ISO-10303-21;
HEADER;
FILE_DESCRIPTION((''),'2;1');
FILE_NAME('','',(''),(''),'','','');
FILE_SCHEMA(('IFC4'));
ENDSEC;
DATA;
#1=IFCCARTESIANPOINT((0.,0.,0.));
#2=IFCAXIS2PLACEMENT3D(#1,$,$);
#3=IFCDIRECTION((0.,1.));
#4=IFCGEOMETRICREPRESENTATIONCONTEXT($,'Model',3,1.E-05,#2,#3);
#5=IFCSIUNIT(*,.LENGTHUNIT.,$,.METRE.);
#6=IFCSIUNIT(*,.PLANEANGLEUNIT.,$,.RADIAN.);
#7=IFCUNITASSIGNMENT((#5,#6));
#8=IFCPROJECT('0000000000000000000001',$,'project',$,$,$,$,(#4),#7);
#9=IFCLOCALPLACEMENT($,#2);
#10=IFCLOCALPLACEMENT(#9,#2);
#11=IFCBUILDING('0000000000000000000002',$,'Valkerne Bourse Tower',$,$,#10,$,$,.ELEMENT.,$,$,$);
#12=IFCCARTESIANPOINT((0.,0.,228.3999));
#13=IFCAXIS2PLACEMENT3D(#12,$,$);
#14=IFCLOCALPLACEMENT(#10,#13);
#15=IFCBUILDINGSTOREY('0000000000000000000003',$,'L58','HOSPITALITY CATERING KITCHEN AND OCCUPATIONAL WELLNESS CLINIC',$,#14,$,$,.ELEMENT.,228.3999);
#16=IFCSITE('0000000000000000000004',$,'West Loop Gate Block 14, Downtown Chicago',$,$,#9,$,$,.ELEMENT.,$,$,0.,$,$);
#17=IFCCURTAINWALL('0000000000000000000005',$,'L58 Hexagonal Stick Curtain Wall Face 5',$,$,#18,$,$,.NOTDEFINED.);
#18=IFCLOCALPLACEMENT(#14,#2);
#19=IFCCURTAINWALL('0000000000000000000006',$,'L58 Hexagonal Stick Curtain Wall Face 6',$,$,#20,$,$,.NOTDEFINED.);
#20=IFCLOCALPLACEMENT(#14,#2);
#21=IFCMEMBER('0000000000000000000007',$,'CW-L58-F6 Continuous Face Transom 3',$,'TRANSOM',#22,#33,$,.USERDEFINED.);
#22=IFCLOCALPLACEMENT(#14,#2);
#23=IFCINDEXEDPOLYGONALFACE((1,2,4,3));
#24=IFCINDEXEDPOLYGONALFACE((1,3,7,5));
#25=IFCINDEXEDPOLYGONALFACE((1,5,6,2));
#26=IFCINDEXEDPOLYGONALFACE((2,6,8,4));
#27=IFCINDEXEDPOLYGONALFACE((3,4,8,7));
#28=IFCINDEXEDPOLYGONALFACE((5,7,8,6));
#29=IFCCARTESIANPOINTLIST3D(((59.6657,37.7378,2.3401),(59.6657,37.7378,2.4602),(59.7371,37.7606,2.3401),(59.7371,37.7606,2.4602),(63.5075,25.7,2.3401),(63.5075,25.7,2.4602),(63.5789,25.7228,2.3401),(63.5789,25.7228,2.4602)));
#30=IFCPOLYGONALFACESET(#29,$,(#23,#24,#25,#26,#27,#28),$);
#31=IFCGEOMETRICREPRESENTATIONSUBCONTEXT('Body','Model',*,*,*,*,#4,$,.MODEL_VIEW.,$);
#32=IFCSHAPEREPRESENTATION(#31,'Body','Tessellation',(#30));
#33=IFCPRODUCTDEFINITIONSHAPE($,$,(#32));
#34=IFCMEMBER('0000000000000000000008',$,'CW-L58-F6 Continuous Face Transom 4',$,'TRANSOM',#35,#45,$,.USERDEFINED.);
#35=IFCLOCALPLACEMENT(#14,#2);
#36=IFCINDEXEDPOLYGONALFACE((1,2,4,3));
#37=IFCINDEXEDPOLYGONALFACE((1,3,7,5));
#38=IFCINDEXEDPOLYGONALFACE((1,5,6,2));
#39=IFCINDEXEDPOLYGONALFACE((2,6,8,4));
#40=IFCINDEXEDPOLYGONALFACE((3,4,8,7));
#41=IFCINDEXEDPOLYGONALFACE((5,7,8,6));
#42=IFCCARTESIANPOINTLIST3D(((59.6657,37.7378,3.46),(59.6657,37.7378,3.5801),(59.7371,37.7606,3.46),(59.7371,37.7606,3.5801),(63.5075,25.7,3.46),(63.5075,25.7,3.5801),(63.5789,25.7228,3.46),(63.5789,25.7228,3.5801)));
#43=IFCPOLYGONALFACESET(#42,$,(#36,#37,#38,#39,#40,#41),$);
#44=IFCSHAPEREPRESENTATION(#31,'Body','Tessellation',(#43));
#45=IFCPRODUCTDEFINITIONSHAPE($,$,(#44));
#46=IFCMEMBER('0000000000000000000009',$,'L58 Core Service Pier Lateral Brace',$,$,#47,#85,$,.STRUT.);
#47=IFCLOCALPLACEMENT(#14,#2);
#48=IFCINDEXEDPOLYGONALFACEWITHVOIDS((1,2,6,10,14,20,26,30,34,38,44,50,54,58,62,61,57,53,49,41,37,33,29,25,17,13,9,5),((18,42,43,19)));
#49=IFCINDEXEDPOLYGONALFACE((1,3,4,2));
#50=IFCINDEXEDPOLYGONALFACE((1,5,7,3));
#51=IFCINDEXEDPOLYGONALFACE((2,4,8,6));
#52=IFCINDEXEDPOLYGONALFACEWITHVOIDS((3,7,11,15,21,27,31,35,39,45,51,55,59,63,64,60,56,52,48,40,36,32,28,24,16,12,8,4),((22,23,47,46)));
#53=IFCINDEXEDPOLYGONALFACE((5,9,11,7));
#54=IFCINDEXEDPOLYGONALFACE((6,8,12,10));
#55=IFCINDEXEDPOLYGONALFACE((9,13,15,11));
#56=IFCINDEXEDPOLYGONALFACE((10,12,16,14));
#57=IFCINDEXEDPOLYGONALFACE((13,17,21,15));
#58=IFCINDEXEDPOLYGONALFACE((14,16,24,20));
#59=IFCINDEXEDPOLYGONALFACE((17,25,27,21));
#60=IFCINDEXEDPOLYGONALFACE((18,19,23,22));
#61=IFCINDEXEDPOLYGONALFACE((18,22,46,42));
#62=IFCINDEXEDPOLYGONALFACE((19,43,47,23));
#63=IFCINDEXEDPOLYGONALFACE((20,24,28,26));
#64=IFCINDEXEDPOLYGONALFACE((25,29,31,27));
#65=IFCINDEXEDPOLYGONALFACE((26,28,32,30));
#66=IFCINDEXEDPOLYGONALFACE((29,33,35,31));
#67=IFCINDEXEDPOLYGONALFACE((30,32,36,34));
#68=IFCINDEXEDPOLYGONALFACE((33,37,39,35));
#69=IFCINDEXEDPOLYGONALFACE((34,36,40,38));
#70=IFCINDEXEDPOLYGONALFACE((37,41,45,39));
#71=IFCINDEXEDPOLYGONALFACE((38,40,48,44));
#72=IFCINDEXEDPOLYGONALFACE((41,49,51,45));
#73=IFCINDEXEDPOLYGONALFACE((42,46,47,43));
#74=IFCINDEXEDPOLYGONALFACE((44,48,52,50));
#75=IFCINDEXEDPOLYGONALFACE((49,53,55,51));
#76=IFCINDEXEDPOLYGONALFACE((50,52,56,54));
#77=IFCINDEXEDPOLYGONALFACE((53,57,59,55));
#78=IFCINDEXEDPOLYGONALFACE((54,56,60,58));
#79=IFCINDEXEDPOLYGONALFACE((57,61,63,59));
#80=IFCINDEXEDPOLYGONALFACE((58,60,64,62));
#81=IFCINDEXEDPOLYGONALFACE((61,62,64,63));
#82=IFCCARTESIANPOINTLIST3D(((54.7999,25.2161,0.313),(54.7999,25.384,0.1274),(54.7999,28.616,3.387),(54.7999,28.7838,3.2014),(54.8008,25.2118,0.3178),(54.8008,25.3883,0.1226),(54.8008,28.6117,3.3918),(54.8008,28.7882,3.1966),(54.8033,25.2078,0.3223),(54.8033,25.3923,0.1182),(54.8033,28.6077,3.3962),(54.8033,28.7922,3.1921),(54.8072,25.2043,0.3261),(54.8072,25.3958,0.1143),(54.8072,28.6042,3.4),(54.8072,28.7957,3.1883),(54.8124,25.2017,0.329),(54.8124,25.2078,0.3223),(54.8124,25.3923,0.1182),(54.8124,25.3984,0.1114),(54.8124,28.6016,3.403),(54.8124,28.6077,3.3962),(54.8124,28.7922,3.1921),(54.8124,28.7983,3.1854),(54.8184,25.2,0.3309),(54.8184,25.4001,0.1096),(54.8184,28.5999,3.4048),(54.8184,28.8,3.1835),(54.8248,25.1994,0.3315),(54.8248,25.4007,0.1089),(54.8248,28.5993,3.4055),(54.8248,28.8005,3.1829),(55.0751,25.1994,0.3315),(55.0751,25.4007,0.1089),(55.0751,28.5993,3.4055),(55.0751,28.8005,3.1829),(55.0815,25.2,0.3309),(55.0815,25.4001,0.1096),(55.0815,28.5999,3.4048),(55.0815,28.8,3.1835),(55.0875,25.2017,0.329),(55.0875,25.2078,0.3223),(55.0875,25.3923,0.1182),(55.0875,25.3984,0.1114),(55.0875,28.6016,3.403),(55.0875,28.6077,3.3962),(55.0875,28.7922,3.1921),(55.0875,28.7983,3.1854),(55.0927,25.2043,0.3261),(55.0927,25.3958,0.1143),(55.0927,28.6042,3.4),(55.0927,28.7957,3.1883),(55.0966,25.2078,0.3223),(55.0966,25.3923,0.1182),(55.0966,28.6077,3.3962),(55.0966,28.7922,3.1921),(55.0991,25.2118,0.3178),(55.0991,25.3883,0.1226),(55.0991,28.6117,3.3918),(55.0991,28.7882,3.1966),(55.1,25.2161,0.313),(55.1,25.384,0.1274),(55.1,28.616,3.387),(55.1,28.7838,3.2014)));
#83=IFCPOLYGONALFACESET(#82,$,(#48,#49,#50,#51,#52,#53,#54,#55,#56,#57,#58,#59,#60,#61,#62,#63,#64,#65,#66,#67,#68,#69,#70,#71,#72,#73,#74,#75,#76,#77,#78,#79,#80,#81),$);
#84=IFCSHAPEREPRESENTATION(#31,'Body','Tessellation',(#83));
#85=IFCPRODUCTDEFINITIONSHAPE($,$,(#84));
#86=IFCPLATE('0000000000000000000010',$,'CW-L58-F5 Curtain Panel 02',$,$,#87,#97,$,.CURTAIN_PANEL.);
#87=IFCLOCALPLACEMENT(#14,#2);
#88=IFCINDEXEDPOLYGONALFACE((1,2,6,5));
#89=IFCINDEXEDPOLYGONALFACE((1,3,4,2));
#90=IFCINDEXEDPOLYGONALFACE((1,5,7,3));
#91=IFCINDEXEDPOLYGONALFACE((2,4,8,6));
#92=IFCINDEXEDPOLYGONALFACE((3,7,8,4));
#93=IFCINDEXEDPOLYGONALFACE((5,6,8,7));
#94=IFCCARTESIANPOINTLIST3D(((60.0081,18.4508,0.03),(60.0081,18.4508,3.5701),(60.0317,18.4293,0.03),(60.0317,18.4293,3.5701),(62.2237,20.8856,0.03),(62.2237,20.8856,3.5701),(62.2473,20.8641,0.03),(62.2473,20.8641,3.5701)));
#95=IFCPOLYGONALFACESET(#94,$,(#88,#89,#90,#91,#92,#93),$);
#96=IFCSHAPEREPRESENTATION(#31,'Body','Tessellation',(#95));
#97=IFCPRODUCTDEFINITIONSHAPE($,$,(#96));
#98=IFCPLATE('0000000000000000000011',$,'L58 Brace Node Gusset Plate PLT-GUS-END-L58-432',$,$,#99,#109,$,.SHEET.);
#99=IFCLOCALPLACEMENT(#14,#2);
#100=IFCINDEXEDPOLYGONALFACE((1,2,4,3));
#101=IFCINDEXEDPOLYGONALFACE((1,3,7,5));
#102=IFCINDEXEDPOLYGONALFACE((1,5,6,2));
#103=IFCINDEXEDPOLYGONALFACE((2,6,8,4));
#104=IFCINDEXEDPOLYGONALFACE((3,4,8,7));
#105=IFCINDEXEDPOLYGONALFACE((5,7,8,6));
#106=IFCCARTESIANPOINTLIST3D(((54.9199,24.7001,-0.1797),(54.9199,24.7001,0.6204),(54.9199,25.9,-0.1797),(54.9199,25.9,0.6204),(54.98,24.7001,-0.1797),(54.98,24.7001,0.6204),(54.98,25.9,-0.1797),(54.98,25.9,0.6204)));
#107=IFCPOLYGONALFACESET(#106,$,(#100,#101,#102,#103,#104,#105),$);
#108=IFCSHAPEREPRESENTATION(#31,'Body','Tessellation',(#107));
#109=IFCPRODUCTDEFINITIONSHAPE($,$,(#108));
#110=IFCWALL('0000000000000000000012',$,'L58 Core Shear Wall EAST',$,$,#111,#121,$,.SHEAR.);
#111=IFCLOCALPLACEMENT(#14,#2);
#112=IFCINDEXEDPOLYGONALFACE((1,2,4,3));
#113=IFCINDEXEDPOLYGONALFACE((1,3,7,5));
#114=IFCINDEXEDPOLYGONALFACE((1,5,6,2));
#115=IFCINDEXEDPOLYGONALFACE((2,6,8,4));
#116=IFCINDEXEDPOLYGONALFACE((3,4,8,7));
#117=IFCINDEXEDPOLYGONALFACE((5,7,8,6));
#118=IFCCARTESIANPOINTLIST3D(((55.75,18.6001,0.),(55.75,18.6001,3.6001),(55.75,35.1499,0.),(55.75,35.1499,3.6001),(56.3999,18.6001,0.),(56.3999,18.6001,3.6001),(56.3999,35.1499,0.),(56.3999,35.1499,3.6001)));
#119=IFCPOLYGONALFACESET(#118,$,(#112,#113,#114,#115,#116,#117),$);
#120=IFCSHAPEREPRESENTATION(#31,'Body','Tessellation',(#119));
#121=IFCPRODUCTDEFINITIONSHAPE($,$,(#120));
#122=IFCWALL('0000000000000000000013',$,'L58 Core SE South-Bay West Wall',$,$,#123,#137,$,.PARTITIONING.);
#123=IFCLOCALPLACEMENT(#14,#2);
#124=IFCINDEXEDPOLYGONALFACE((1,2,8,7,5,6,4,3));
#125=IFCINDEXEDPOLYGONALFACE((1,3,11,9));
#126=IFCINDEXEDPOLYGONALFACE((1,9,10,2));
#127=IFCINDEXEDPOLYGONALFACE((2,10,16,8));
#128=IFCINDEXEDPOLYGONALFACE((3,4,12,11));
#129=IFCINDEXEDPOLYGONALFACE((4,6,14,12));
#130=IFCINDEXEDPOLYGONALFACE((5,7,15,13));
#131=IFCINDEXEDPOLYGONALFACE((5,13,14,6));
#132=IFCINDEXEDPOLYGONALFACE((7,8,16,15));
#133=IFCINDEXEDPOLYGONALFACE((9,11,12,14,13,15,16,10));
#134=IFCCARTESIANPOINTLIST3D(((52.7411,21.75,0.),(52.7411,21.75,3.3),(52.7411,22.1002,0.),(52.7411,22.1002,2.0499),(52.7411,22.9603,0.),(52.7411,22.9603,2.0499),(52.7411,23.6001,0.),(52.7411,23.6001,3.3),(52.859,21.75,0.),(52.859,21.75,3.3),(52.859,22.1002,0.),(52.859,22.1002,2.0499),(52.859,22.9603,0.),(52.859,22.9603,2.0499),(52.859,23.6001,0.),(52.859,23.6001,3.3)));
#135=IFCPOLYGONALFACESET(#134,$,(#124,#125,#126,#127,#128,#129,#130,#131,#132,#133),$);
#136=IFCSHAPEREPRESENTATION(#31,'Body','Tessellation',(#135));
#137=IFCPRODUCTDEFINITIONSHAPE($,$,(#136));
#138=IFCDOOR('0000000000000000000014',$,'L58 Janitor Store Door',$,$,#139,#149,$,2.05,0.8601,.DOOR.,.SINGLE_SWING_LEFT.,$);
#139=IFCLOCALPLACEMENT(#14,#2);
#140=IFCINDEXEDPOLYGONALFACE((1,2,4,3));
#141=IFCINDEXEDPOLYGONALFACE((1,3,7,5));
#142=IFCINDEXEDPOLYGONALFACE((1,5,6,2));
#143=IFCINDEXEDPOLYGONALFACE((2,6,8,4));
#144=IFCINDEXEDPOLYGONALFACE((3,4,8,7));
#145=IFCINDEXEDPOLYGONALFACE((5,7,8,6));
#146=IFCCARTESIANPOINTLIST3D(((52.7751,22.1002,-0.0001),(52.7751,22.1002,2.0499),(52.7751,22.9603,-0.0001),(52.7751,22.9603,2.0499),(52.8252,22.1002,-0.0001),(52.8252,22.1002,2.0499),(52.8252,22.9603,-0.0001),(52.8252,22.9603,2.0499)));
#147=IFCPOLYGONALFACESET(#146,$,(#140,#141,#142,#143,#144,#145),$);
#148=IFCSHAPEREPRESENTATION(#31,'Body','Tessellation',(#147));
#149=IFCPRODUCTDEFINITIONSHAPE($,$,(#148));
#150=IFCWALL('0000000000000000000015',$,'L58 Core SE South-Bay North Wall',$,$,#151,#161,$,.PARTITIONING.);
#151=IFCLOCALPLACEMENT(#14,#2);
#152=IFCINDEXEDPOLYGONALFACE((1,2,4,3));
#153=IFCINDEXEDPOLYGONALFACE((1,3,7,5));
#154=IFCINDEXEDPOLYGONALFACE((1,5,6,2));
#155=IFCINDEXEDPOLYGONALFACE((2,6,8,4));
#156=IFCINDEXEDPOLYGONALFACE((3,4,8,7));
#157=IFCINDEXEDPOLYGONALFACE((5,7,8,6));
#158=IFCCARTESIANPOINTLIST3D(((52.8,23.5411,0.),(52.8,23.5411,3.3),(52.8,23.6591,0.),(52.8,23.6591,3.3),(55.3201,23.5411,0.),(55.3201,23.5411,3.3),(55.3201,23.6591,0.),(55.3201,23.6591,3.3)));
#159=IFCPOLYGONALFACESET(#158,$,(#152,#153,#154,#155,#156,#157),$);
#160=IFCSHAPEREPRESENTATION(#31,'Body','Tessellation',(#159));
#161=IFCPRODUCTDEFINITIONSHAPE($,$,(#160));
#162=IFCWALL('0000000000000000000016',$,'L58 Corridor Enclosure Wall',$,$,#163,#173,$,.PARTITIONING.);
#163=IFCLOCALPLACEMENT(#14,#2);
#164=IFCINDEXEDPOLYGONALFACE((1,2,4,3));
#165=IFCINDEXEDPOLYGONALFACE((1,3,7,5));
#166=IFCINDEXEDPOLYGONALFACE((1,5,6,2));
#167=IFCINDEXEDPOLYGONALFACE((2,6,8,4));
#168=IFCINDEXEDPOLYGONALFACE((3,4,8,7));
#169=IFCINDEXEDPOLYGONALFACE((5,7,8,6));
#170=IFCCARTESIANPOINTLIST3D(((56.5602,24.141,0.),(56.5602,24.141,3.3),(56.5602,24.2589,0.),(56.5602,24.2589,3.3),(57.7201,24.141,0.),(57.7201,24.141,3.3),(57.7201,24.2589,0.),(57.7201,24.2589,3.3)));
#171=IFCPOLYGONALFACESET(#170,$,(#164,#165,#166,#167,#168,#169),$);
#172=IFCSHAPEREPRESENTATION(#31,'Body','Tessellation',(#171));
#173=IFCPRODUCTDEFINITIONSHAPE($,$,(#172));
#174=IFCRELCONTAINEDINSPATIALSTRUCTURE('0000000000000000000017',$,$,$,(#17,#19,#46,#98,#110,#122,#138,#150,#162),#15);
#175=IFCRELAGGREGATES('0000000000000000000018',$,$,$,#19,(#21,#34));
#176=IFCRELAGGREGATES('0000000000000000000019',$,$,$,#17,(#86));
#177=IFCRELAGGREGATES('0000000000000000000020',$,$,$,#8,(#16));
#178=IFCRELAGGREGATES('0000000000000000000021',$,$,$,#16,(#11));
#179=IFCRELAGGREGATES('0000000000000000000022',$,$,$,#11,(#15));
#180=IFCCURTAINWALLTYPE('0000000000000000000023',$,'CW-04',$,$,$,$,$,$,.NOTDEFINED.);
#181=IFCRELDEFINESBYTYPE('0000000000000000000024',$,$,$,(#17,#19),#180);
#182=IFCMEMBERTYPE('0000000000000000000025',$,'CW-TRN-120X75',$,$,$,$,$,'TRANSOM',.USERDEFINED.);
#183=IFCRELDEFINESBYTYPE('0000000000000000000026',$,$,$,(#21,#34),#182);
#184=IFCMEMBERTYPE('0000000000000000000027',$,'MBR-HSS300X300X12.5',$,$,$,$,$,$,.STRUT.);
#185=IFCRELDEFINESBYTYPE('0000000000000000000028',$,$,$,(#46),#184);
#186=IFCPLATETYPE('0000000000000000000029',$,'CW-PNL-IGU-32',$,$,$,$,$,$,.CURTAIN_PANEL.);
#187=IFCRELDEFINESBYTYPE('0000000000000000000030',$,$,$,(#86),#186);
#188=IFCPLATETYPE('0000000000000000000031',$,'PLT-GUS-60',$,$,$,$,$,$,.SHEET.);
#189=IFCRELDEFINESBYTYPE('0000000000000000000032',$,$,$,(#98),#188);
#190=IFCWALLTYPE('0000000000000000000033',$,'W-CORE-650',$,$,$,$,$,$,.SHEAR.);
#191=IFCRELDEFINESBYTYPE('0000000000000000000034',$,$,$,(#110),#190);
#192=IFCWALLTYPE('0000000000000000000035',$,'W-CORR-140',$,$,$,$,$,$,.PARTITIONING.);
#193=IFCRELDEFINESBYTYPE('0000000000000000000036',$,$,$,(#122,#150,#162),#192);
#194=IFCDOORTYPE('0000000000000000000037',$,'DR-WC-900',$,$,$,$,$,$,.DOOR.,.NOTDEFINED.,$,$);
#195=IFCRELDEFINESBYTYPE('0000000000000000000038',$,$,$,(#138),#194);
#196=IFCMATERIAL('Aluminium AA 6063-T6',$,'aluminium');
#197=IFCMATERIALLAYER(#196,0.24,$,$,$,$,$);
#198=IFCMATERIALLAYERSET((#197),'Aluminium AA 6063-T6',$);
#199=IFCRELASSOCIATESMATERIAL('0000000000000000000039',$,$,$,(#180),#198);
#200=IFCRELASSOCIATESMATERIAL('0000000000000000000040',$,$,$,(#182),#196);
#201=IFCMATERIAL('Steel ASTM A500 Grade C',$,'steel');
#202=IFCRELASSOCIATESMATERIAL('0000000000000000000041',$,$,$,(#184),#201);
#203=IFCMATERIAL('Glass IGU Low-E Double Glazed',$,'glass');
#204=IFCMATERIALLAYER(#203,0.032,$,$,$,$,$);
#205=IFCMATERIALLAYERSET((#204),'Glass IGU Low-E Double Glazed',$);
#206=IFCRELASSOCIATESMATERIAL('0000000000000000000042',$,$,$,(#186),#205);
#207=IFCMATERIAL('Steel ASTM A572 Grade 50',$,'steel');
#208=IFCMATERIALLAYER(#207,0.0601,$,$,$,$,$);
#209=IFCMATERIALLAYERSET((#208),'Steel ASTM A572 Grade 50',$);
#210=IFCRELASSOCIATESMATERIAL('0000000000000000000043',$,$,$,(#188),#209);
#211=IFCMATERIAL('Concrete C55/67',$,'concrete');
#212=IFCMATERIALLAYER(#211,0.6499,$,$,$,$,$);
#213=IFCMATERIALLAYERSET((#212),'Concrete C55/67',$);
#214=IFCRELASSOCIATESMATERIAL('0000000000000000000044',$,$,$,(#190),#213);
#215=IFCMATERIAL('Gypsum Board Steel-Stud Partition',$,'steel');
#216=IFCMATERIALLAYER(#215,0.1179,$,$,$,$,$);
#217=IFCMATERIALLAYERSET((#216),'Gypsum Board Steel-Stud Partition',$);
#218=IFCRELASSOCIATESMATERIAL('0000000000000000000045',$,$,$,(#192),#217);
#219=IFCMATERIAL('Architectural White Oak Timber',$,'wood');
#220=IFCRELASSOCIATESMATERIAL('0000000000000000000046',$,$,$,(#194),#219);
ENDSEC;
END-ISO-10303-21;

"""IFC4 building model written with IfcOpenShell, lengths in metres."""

from ifc_helpers import new_model, si_unit, direction, frame, frame_2d, origin, origin_2d, place, context, subcontext, project, spatial, rectangle, hollow_rectangle, extrude, material, layer, layer_set, material_profile, profile_set, type_object, element, fill, aggregate, save


model = new_model("IFC4")

# Units and contexts
model_context = context("Model", 3, precision=1e-05, world=origin(), true_north=direction((0.0, 1.0)))
body_context = subcontext(model_context, "Body", "Model", "MODEL_VIEW")
ifc_project = project(units=[si_unit("LENGTHUNIT", "METRE"), si_unit("PLANEANGLEUNIT", "RADIAN")], contexts=[model_context])

# Site, building, storey
site_placement = place(None, origin())
site = spatial("IfcSite", under=ifc_project, at=site_placement, Name="West Loop Gate Block 14, Downtown Chicago", CompositionType="ELEMENT", RefElevation=0.0)
building_placement = place(site_placement, origin())
building = spatial("IfcBuilding", under=site, at=building_placement, Name="Valkerne Bourse Tower", CompositionType="ELEMENT")
storey_placement = place(building_placement, frame((0.0, 0.0, 228.3999)))
storey = spatial("IfcBuildingStorey", under=building, at=storey_placement, Name="L58", Description="HOSPITALITY CATERING KITCHEN AND OCCUPATIONAL WELLNESS CLINIC", CompositionType="ELEMENT", Elevation=228.3999)

# Curtain wall
ifc_material_1 = material(Name="Aluminium AA 6063-T6", Category="aluminium")
ifc_layer_1 = layer(ifc_material_1, 0.24)
ifc_layer_set_1 = layer_set([ifc_layer_1], Name="Aluminium AA 6063-T6")
curtain_wall_type = type_object("IfcCurtainWallType", Name="CW-04", PredefinedType="NOTDEFINED", material=ifc_layer_set_1)
curtain_wall_1_placement = place(storey_placement, origin())
curtain_wall_1 = element("IfcCurtainWall", 1, at=curtain_wall_1_placement, inside=storey, type_object=curtain_wall_type, Name="L58 Hexagonal Stick Curtain Wall Face 5", PredefinedType="NOTDEFINED")

# Curtain wall, members
curtain_wall_2_placement = place(storey_placement, origin())
curtain_wall_2 = element("IfcCurtainWall", 2, at=curtain_wall_2_placement, inside=storey, type_object=curtain_wall_type, Name="L58 Hexagonal Stick Curtain Wall Face 6", PredefinedType="NOTDEFINED")
ifc_material_profile_1 = material_profile(ifc_material_1, rectangle(XDim=0.075, YDim=0.1201, at=origin_2d()), Name="CWT-75X120")
ifc_profile_set_1 = profile_set([ifc_material_profile_1], Name="Aluminium AA 6063-T6")
member_type_1 = type_object("IfcMemberType", Name="CW-TRN-120X75", ElementType="TRANSOM", PredefinedType="USERDEFINED", material=ifc_profile_set_1)
member_1_placement = place(storey_placement, frame((63.5432, 25.7114, 2.4001), z_axis=(-0.304035, 0.952661, 0.0), x_axis=(-0.952661, -0.304035, 0.0)))
member_1 = element("IfcMember", 3, at=member_1_placement, type_object=member_type_1, Name="CW-L58-F6 Continuous Face Transom 3", ObjectType="TRANSOM", PredefinedType="USERDEFINED", context=body_context, shape_type="SweptSolid", body=[
    extrude(rectangle(XDim=0.075, YDim=0.1201, at=origin_2d()), origin(), (0.0, 0.0, 1.0), 12.636),
])
member_2_placement = place(storey_placement, frame((63.5432, 25.7114, 3.52), z_axis=(-0.304035, 0.952661, 0.0), x_axis=(-0.952661, -0.304035, 0.0)))
member_2 = element("IfcMember", 4, at=member_2_placement, type_object=member_type_1, Name="CW-L58-F6 Continuous Face Transom 4", ObjectType="TRANSOM", PredefinedType="USERDEFINED", context=body_context, shape_type="SweptSolid", body=[
    extrude(rectangle(XDim=0.075, YDim=0.1201, at=origin_2d()), origin(), (0.0, 0.0, 1.0), 12.636),
])
aggregate(curtain_wall_2, [member_1, member_2])

# Member
ifc_material_2 = material(Name="Steel ASTM A500 Grade C", Category="steel")
ifc_material_profile_2 = material_profile(ifc_material_2, hollow_rectangle(XDim=0.3, YDim=0.3, WallThickness=0.0125, OuterFilletRadius=0.0249, at=origin_2d()), Name="HSS300X300X12.5")
ifc_profile_set_2 = profile_set([ifc_material_profile_2], Name="Steel ASTM A500 Grade C")
member_type_2 = type_object("IfcMemberType", Name="MBR-HSS300X300X12.5", PredefinedType="STRUT", material=ifc_profile_set_2)
member_3_placement = place(storey_placement, frame((54.95, 25.3, 0.2202), z_axis=(0.0, 0.741767, 0.670658), x_axis=(-1.0, 0.0, 0.0)))
element("IfcMember", 5, at=member_3_placement, inside=storey, type_object=member_type_2, Name="L58 Core Service Pier Lateral Brace", PredefinedType="STRUT", context=body_context, shape_type="SweptSolid", body=[
    extrude(hollow_rectangle(XDim=0.3, YDim=0.3, WallThickness=0.0125, OuterFilletRadius=0.0249, at=origin_2d()), origin(), (0.0, 0.0, 1.0), 4.5835),
])

# Plates
ifc_material_3 = material(Name="Glass IGU Low-E Double Glazed", Category="glass")
ifc_layer_2 = layer(ifc_material_3, 0.032)
ifc_layer_set_2 = layer_set([ifc_layer_2], Name="Glass IGU Low-E Double Glazed")
plate_type_1 = type_object("IfcPlateType", Name="CW-PNL-IGU-32", PredefinedType="CURTAIN_PANEL", material=ifc_layer_set_2)
plate_1_placement = place(storey_placement, frame((61.1277, 19.6575, 0.03), z_axis=(0.0, 0.0, 1.0), x_axis=(0.673025, 0.73962, 0.0)))
plate_1 = element("IfcPlate", 6, at=plate_1_placement, type_object=plate_type_1, Name="CW-L58-F5 Curtain Panel 02", PredefinedType="CURTAIN_PANEL", context=body_context, shape_type="SweptSolid", body=[
    extrude(rectangle(XDim=3.292, YDim=0.032, at=origin_2d()), origin(), (0.0, 0.0, 1.0), 3.54),
])
aggregate(curtain_wall_1, [plate_1])
ifc_material_4 = material(Name="Steel ASTM A572 Grade 50", Category="steel")
ifc_layer_3 = layer(ifc_material_4, 0.0601)
ifc_layer_set_3 = layer_set([ifc_layer_3], Name="Steel ASTM A572 Grade 50")
plate_type_2 = type_object("IfcPlateType", Name="PLT-GUS-60", PredefinedType="SHEET", material=ifc_layer_set_3)
plate_2_placement = place(storey_placement, frame((54.95, 25.3, -0.1797), z_axis=(0.0, 0.0, 1.0), x_axis=(0.0, 1.0, 0.0)))
element("IfcPlate", 7, at=plate_2_placement, inside=storey, type_object=plate_type_2, Name="L58 Brace Node Gusset Plate PLT-GUS-END-L58-432", PredefinedType="SHEET", context=body_context, shape_type="SweptSolid", body=[
    extrude(rectangle(XDim=1.2, YDim=0.0601, at=origin_2d()), origin(), (0.0, 0.0, 1.0), 0.8),
])

# Wall
ifc_material_5 = material(Name="Concrete C55/67", Category="concrete")
ifc_layer_4 = layer(ifc_material_5, 0.6499)
ifc_layer_set_4 = layer_set([ifc_layer_4], Name="Concrete C55/67")
wall_type_1 = type_object("IfcWallType", Name="W-CORE-650", PredefinedType="SHEAR", material=ifc_layer_set_4)
wall_1_placement = place(storey_placement, frame((56.075, 18.6001, 0.0), z_axis=(0.0, 0.0, 1.0), x_axis=(0.0, 1.0, 0.0)))
element("IfcWall", 8, at=wall_1_placement, inside=storey, type_object=wall_type_1, Name="L58 Core Shear Wall EAST", PredefinedType="SHEAR", context=body_context, shape_type="SweptSolid", body=[
    extrude(rectangle(XDim=16.5498, YDim=0.6499, at=frame_2d((8.2749, 0.0))), origin(), (0.0, 0.0, 1.0), 3.6001),
])

# Wall, opening, door
ifc_material_6 = material(Name="Gypsum Board Steel-Stud Partition", Category="steel")
ifc_layer_5 = layer(ifc_material_6, 0.1179)
ifc_layer_set_5 = layer_set([ifc_layer_5], Name="Gypsum Board Steel-Stud Partition")
wall_type_2 = type_object("IfcWallType", Name="W-CORR-140", PredefinedType="PARTITIONING", material=ifc_layer_set_5)
wall_2_placement = place(storey_placement, frame((52.8, 21.75, 0.0), z_axis=(0.0, 0.0, 1.0), x_axis=(0.0, 1.0, 0.0)))
wall_2 = element("IfcWall", 9, at=wall_2_placement, inside=storey, type_object=wall_type_2, Name="L58 Core SE South-Bay West Wall", PredefinedType="PARTITIONING", context=body_context, shape_type="SweptSolid", body=[
    extrude(rectangle(XDim=1.8501, YDim=0.1179, at=frame_2d((0.925, 0.0))), origin(), (0.0, 0.0, 1.0), 3.3),
])
opening_1_placement = place(wall_2_placement, frame((0.3501, 0.0, 0.0)))
opening_1 = element("IfcOpeningElement", 10, at=opening_1_placement, cuts=wall_2, PredefinedType="OPENING", context=body_context, shape_type="SweptSolid", body=[
    extrude(rectangle(XDim=0.8601, YDim=2.05, at=frame_2d((0.4302, 1.0249))), frame((0.0, 0.0688, 0.0), z_axis=(0.0, -1.0, 0.0), x_axis=(1.0, 0.0, 0.0)), (0.0, 0.0, 1.0), 0.1379),
])
ifc_material_7 = material(Name="Architectural White Oak Timber", Category="wood")
door_type_1 = type_object("IfcDoorType", Name="DR-WC-900", OperationType="NOTDEFINED", PredefinedType="DOOR", material=ifc_material_7)
door_1_placement = place(opening_1_placement, origin())
door_1 = element("IfcDoor", 11, at=door_1_placement, inside=storey, type_object=door_type_1, Name="L58 Janitor Store Door", OperationType="SINGLE_SWING_LEFT", OverallHeight=2.05, OverallWidth=0.8601, PredefinedType="DOOR", context=body_context, shape_type="SweptSolid", body=[
    extrude(rectangle(XDim=0.8601, YDim=2.05, at=frame_2d((0.4302, 1.0249))), frame((0.0, 0.0249, 0.0), z_axis=(0.0, -1.0, 0.0), x_axis=(1.0, 0.0, 0.0)), (0.0, 0.0, 1.0), 0.05),
])
fill(opening_1, door_1)

# Walls
wall_3_placement = place(storey_placement, frame((52.8, 23.6001, 0.0), z_axis=(0.0, 0.0, 1.0), x_axis=(1.0, 0.0, 0.0)))
element("IfcWall", 12, at=wall_3_placement, inside=storey, type_object=wall_type_2, Name="L58 Core SE South-Bay North Wall", PredefinedType="PARTITIONING", context=body_context, shape_type="SweptSolid", body=[
    extrude(rectangle(XDim=2.52, YDim=0.1179, at=frame_2d((1.26, 0.0))), origin(), (0.0, 0.0, 1.0), 3.3),
])
wall_4_placement = place(storey_placement, frame((56.5601, 24.2, 0.0), z_axis=(0.0, 0.0, 1.0), x_axis=(1.0, 0.0, 0.0)))
element("IfcWall", 13, at=wall_4_placement, inside=storey, type_object=wall_type_2, Name="L58 Corridor Enclosure Wall", PredefinedType="PARTITIONING", context=body_context, shape_type="SweptSolid", body=[
    extrude(rectangle(XDim=1.1599, YDim=0.1179, at=frame_2d((0.5801, 0.0))), origin(), (0.0, 0.0, 1.0), 3.3),
])

save(model, "model.ifc")
